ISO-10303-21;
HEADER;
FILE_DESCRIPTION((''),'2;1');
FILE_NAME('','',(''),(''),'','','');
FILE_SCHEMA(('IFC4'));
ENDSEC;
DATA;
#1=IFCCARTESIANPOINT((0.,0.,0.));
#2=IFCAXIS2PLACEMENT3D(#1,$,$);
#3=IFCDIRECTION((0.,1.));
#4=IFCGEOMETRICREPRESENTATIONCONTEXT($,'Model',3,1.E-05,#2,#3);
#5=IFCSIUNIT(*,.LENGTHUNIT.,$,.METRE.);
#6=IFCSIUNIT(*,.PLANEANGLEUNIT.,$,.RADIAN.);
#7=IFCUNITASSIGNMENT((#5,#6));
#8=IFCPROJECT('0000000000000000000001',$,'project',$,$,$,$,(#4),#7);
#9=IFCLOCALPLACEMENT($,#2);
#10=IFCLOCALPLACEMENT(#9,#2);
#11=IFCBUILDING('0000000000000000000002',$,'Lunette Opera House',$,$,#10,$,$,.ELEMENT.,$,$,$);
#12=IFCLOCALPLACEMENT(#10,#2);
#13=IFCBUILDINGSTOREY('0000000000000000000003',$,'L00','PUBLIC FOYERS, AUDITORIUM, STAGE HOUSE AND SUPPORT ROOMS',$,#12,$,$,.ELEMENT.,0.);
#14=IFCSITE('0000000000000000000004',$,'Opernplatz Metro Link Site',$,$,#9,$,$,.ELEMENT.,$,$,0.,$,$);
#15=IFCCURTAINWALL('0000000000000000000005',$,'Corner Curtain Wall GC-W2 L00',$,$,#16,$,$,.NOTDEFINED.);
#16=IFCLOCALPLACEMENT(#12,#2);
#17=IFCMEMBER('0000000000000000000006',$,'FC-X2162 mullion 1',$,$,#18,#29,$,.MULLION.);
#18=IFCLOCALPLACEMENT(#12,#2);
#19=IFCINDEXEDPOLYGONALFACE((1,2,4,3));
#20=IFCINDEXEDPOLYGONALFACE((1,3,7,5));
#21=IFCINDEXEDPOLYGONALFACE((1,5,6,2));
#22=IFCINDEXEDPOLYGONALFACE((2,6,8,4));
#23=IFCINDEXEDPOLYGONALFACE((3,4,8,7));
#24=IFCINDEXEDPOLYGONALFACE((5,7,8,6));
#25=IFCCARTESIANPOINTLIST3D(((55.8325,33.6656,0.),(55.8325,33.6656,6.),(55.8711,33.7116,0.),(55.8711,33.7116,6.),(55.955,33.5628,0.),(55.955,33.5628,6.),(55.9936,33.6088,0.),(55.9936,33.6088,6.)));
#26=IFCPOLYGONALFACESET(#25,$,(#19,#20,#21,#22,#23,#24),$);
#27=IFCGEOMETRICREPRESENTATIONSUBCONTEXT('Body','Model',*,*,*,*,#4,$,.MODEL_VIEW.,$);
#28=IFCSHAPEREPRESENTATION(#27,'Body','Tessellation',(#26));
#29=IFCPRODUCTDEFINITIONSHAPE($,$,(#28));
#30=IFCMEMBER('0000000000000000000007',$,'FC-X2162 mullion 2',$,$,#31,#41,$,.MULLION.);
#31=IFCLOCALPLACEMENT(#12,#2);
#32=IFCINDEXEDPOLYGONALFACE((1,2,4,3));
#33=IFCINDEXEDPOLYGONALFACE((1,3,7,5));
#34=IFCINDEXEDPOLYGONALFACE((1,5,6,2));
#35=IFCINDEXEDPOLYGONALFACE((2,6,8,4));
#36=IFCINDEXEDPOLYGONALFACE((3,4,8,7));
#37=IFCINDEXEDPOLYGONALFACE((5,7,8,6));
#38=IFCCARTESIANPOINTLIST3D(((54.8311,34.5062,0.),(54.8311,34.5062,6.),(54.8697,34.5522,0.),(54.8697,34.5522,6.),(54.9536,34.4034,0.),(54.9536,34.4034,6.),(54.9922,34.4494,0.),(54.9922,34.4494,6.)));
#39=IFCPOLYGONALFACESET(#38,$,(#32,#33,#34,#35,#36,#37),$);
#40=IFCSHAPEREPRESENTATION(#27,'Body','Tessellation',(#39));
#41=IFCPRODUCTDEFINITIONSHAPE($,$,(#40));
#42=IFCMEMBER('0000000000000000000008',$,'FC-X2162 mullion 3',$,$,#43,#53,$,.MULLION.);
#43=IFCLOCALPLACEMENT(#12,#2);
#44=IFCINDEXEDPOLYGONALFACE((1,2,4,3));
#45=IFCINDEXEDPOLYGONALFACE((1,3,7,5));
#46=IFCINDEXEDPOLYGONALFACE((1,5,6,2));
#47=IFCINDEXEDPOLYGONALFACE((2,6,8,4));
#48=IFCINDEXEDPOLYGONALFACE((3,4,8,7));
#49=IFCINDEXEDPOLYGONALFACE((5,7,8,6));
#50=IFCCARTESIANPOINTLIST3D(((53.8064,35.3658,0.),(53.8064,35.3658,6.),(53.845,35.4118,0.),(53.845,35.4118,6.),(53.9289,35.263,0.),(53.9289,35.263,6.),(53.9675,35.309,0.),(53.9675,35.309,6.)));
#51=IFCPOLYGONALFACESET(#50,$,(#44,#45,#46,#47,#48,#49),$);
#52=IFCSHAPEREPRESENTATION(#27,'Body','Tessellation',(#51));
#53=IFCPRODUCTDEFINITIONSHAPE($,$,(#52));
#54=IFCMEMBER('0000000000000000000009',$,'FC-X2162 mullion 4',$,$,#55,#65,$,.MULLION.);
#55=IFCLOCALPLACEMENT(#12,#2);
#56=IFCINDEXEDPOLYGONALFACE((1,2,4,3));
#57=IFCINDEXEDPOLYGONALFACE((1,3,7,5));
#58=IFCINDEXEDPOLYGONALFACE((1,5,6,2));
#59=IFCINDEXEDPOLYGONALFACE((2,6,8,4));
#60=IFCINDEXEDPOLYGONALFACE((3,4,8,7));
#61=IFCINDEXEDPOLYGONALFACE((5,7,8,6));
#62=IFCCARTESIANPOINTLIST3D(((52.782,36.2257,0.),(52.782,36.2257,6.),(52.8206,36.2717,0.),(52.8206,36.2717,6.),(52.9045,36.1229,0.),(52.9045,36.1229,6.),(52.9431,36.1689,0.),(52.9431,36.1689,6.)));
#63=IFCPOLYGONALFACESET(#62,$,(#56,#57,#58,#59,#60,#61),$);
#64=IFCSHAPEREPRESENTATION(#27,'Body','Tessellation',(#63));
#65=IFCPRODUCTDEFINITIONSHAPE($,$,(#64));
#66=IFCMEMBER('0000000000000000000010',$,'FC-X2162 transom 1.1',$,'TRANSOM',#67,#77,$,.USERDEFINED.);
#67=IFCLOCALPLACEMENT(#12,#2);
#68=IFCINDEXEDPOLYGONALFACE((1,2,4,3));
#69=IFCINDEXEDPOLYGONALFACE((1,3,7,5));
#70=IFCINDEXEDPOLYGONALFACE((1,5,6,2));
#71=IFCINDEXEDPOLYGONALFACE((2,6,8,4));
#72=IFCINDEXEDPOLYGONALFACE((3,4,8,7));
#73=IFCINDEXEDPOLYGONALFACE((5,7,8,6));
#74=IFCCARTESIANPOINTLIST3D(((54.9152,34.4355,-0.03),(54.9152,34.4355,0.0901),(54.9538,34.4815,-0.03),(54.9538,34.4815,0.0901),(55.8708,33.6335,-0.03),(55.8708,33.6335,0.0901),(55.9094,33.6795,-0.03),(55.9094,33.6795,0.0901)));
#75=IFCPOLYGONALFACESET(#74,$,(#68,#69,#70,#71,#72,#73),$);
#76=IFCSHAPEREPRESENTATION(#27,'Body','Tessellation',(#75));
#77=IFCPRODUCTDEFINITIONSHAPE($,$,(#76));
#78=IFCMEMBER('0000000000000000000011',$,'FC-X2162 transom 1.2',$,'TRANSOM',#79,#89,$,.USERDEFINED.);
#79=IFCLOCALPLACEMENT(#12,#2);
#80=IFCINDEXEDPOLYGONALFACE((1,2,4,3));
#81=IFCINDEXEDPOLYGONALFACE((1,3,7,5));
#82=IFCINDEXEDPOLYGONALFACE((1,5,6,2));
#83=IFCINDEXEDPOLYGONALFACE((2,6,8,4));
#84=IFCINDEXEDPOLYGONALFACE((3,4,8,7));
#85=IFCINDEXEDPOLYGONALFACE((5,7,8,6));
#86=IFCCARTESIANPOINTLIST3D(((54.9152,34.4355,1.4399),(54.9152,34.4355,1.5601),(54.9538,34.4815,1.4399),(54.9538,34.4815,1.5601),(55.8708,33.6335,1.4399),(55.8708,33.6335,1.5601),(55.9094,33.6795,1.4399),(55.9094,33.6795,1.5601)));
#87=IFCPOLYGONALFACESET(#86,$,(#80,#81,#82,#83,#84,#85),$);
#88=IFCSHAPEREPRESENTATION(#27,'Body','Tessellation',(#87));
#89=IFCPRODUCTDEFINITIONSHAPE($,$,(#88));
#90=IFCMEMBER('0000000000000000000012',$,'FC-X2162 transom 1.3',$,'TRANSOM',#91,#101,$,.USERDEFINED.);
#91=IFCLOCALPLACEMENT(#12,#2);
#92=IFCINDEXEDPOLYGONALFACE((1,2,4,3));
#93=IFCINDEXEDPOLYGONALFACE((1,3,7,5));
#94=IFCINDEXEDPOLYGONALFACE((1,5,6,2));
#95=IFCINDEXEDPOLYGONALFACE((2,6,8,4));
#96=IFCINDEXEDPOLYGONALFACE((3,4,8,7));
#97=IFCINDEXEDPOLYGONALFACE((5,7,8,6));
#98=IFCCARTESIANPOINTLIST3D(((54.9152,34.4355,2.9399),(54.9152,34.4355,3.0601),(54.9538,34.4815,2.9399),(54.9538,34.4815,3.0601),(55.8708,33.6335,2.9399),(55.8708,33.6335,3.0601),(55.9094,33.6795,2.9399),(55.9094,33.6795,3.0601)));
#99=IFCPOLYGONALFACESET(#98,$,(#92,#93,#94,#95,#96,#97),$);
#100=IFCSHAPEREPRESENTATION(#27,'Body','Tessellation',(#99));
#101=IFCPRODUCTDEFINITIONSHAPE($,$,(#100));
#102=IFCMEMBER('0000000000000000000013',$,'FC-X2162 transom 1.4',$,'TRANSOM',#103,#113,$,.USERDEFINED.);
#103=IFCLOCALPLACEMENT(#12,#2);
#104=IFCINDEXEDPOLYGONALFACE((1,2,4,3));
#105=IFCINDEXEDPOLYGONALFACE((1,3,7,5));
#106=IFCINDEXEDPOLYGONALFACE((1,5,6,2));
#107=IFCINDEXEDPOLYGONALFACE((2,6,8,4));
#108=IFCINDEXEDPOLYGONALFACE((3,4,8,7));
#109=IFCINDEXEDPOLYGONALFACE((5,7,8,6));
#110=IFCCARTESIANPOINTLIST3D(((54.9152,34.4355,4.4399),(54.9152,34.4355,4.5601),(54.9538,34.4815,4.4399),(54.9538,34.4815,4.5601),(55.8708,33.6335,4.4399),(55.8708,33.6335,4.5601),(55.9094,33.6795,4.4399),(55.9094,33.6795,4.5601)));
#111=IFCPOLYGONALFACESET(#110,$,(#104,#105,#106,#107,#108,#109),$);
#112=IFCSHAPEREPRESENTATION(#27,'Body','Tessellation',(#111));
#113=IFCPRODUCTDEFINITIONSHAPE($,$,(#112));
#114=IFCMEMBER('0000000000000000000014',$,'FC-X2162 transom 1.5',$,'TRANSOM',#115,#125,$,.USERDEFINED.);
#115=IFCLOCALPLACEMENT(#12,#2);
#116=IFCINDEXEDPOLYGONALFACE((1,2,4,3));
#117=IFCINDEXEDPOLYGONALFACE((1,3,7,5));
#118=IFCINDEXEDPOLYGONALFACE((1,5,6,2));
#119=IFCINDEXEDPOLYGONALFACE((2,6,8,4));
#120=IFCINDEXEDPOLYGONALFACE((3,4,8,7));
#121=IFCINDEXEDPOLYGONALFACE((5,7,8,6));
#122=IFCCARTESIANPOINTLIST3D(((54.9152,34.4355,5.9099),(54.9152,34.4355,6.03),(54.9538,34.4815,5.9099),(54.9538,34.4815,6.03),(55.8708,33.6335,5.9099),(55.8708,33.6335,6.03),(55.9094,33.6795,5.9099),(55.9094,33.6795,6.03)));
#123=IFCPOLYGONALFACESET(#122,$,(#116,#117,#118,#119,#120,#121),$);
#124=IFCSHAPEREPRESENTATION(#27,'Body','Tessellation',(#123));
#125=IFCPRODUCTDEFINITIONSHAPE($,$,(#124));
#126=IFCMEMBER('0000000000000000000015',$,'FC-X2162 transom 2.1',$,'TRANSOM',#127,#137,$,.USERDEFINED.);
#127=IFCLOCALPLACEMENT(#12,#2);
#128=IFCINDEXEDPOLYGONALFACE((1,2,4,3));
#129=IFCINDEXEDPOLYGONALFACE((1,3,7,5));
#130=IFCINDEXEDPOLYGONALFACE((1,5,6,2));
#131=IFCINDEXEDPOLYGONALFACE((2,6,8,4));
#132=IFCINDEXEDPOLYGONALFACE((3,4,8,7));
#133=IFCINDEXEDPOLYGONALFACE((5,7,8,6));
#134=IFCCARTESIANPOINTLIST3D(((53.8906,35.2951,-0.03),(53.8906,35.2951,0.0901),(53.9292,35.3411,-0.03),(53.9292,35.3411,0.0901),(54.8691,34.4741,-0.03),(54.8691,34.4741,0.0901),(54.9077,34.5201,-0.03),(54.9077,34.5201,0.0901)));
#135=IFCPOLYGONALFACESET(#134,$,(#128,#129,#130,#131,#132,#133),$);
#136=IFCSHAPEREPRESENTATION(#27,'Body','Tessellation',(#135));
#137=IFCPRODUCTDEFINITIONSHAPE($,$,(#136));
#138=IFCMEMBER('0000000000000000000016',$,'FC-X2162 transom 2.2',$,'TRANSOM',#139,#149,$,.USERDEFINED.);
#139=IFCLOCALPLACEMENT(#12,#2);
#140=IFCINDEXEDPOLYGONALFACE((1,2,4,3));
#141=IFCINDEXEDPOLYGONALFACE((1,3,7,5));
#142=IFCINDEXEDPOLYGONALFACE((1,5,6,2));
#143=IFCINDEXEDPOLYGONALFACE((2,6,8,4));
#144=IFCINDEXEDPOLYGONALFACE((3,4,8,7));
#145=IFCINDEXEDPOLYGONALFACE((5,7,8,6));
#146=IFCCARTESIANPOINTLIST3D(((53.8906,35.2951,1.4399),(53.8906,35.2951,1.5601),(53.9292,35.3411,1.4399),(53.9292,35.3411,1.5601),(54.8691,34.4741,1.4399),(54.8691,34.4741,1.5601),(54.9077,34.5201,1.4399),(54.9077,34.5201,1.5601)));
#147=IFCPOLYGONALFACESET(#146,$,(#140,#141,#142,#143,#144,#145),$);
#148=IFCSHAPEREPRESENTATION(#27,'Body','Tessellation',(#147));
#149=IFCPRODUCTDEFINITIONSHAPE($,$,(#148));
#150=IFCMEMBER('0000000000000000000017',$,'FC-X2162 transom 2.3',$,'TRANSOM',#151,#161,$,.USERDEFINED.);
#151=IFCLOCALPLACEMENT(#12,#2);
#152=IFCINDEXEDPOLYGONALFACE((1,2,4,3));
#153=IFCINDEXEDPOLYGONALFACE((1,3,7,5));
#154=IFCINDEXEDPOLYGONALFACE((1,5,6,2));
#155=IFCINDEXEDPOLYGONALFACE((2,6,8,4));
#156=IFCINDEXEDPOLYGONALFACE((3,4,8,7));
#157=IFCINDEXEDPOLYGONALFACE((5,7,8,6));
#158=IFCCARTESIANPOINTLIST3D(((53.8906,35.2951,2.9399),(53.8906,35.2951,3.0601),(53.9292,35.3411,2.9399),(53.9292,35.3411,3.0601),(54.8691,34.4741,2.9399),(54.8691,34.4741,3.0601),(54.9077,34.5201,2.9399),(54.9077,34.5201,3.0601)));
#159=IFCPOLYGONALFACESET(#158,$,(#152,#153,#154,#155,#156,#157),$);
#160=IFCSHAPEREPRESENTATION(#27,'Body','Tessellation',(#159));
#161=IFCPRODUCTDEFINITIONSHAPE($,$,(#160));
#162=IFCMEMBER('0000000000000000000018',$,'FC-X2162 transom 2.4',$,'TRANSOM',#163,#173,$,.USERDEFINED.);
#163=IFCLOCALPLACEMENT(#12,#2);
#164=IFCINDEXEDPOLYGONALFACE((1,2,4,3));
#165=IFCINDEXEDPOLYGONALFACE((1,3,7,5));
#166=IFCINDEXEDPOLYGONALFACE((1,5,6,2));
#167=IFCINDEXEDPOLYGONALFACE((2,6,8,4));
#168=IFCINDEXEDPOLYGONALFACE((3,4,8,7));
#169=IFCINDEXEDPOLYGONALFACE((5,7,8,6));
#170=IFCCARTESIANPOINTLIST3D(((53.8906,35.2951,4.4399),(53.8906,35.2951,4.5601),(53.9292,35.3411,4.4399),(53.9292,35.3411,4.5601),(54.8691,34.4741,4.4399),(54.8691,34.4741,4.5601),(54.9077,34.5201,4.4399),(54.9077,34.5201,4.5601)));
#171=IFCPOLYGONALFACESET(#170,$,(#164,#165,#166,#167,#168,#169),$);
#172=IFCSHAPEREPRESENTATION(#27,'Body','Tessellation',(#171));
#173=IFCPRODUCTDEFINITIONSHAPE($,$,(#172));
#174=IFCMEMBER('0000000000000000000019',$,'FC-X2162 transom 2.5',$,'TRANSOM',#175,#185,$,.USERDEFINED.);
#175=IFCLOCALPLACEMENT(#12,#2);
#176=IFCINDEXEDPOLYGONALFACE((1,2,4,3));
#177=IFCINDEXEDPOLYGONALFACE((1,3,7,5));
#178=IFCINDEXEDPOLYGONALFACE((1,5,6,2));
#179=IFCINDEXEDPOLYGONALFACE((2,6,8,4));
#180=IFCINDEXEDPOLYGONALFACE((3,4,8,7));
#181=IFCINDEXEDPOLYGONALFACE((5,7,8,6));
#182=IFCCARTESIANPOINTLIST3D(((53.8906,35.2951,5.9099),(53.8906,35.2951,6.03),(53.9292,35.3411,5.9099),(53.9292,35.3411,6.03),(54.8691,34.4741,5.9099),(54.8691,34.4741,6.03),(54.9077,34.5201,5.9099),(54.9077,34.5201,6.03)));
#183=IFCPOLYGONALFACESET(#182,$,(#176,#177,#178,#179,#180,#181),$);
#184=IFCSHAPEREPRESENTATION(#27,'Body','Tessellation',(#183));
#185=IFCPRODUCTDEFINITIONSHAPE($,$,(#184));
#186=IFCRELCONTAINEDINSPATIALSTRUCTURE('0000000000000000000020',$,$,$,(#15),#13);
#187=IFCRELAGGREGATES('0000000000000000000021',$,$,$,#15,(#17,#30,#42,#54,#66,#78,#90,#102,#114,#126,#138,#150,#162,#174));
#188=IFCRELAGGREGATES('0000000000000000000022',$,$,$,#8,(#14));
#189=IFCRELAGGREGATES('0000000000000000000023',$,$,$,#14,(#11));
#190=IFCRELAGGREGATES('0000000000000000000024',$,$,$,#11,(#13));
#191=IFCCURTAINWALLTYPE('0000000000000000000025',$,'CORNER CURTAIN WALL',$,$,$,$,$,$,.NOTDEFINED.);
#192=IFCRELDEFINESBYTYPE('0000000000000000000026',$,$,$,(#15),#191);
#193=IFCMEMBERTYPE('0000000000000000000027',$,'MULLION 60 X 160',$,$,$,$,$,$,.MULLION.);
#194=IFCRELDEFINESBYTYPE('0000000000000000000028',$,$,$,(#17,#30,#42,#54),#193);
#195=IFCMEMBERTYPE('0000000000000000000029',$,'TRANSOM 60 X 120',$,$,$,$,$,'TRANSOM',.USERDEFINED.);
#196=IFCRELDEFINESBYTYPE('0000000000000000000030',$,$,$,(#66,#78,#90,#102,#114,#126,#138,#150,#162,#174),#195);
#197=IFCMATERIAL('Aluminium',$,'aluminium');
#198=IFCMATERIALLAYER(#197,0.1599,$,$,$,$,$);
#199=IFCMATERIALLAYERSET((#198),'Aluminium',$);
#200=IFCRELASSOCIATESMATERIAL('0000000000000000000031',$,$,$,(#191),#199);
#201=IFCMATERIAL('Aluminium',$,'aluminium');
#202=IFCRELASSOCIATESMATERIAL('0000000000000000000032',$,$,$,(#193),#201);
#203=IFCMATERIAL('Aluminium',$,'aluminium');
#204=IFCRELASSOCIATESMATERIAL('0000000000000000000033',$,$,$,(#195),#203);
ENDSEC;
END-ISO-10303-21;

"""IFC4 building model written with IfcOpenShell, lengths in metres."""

from ifc_helpers import new_model, si_unit, direction, frame, origin, origin_2d, place, context, subcontext, project, spatial, rectangle, extrude, material, layer, layer_set, material_profile, profile_set, type_object, element, aggregate, save


model = new_model("IFC4")

# Units and contexts
model_context = context("Model", 3, precision=1e-05, world=origin(), true_north=direction((0.0, 1.0)))
body_context = subcontext(model_context, "Body", "Model", "MODEL_VIEW")
ifc_project = project(units=[si_unit("LENGTHUNIT", "METRE"), si_unit("PLANEANGLEUNIT", "RADIAN")], contexts=[model_context])

# Site, building, storey
site_placement = place(None, origin())
site = spatial("IfcSite", under=ifc_project, at=site_placement, Name="Opernplatz Metro Link Site", CompositionType="ELEMENT", RefElevation=0.0)
building_placement = place(site_placement, origin())
building = spatial("IfcBuilding", under=site, at=building_placement, Name="Lunette Opera House", CompositionType="ELEMENT")
storey_placement = place(building_placement, origin())
storey = spatial("IfcBuildingStorey", under=building, at=storey_placement, Name="L00", Description="PUBLIC FOYERS, AUDITORIUM, STAGE HOUSE AND SUPPORT ROOMS", CompositionType="ELEMENT", Elevation=0.0)

# Curtain wall, members
ifc_material_1 = material(Name="Aluminium", Category="aluminium")
ifc_layer_1 = layer(ifc_material_1, 0.1599)
ifc_layer_set_1 = layer_set([ifc_layer_1], Name="Aluminium")
curtain_wall_type = type_object("IfcCurtainWallType", Name="CORNER CURTAIN WALL", PredefinedType="NOTDEFINED", material=ifc_layer_set_1)
curtain_wall_placement = place(storey_placement, origin())
curtain_wall = element("IfcCurtainWall", 1, at=curtain_wall_placement, inside=storey, type_object=curtain_wall_type, Name="Corner Curtain Wall GC-W2 L00", PredefinedType="NOTDEFINED")
ifc_material_2 = material(Name="Aluminium", Category="aluminium")
ifc_material_profile_1 = material_profile(ifc_material_2, rectangle(XDim=0.0601, YDim=0.1599, at=origin_2d()), Name="MULLION 60 X 160")
ifc_profile_set_1 = profile_set([ifc_material_profile_1], Name="Aluminium")
member_type_1 = type_object("IfcMemberType", Name="MULLION 60 X 160", PredefinedType="MULLION", material=ifc_profile_set_1)
member_1_placement = place(storey_placement, frame((55.9131, 33.6372, 0.0), z_axis=(0.0, 0.0, 1.0), x_axis=(-0.642828, -0.76601, 0.0)))
member_1 = element("IfcMember", 2, at=member_1_placement, type_object=member_type_1, Name="FC-X2162 mullion 1", PredefinedType="MULLION", context=body_context, shape_type="SweptSolid", body=[
    extrude(rectangle(XDim=0.0601, YDim=0.1599, at=origin_2d()), origin(), (0.0, 0.0, 1.0), 6.0),
])
member_2_placement = place(storey_placement, frame((54.9116, 34.4778, 0.0), z_axis=(0.0, 0.0, 1.0), x_axis=(-0.642828, -0.76601, 0.0)))
member_2 = element("IfcMember", 3, at=member_2_placement, type_object=member_type_1, Name="FC-X2162 mullion 2", PredefinedType="MULLION", context=body_context, shape_type="SweptSolid", body=[
    extrude(rectangle(XDim=0.0601, YDim=0.1599, at=origin_2d()), origin(), (0.0, 0.0, 1.0), 6.0),
])
member_3_placement = place(storey_placement, frame((53.887, 35.3374, 0.0), z_axis=(0.0, 0.0, 1.0), x_axis=(-0.642828, -0.76601, 0.0)))
member_3 = element("IfcMember", 4, at=member_3_placement, type_object=member_type_1, Name="FC-X2162 mullion 3", PredefinedType="MULLION", context=body_context, shape_type="SweptSolid", body=[
    extrude(rectangle(XDim=0.0601, YDim=0.1599, at=origin_2d()), origin(), (0.0, 0.0, 1.0), 6.0),
])
member_4_placement = place(storey_placement, frame((52.8625, 36.1973, 0.0), z_axis=(0.0, 0.0, 1.0), x_axis=(-0.642828, -0.76601, 0.0)))
member_4 = element("IfcMember", 5, at=member_4_placement, type_object=member_type_1, Name="FC-X2162 mullion 4", PredefinedType="MULLION", context=body_context, shape_type="SweptSolid", body=[
    extrude(rectangle(XDim=0.0601, YDim=0.1599, at=origin_2d()), origin(), (0.0, 0.0, 1.0), 6.0),
])
ifc_material_3 = material(Name="Aluminium", Category="aluminium")
ifc_material_profile_2 = material_profile(ifc_material_3, rectangle(XDim=0.0601, YDim=0.1201, at=origin_2d()), Name="TRANSOM 60 X 120")
ifc_profile_set_2 = profile_set([ifc_material_profile_2], Name="Aluminium")
member_type_2 = type_object("IfcMemberType", Name="TRANSOM 60 X 120", ElementType="TRANSOM", PredefinedType="USERDEFINED", material=ifc_profile_set_2)
member_5_placement = place(storey_placement, frame((55.8901, 33.6565, 0.03), z_axis=(-0.765971, 0.642875, 0.0), x_axis=(-0.642875, -0.765971, 0.0)))
member_5 = element("IfcMember", 6, at=member_5_placement, type_object=member_type_2, Name="FC-X2162 transom 1.1", ObjectType="TRANSOM", PredefinedType="USERDEFINED", context=body_context, shape_type="SweptSolid", body=[
    extrude(rectangle(XDim=0.0601, YDim=0.1201, at=origin_2d()), origin(), (0.0, 0.0, 1.0), 1.2476),
])
member_6_placement = place(storey_placement, frame((55.8901, 33.6565, 1.5), z_axis=(-0.765971, 0.642875, 0.0), x_axis=(-0.642875, -0.765971, 0.0)))
member_6 = element("IfcMember", 7, at=member_6_placement, type_object=member_type_2, Name="FC-X2162 transom 1.2", ObjectType="TRANSOM", PredefinedType="USERDEFINED", context=body_context, shape_type="SweptSolid", body=[
    extrude(rectangle(XDim=0.0601, YDim=0.1201, at=origin_2d()), origin(), (0.0, 0.0, 1.0), 1.2476),
])
member_7_placement = place(storey_placement, frame((55.8901, 33.6565, 3.0), z_axis=(-0.765971, 0.642875, 0.0), x_axis=(-0.642875, -0.765971, 0.0)))
member_7 = element("IfcMember", 8, at=member_7_placement, type_object=member_type_2, Name="FC-X2162 transom 1.3", ObjectType="TRANSOM", PredefinedType="USERDEFINED", context=body_context, shape_type="SweptSolid", body=[
    extrude(rectangle(XDim=0.0601, YDim=0.1201, at=origin_2d()), origin(), (0.0, 0.0, 1.0), 1.2476),
])
member_8_placement = place(storey_placement, frame((55.8901, 33.6565, 4.5), z_axis=(-0.765971, 0.642875, 0.0), x_axis=(-0.642875, -0.765971, 0.0)))
member_8 = element("IfcMember", 9, at=member_8_placement, type_object=member_type_2, Name="FC-X2162 transom 1.4", ObjectType="TRANSOM", PredefinedType="USERDEFINED", context=body_context, shape_type="SweptSolid", body=[
    extrude(rectangle(XDim=0.0601, YDim=0.1201, at=origin_2d()), origin(), (0.0, 0.0, 1.0), 1.2476),
])
member_9_placement = place(storey_placement, frame((55.8901, 33.6565, 5.97), z_axis=(-0.765971, 0.642875, 0.0), x_axis=(-0.642875, -0.765971, 0.0)))
member_9 = element("IfcMember", 10, at=member_9_placement, type_object=member_type_2, Name="FC-X2162 transom 1.5", ObjectType="TRANSOM", PredefinedType="USERDEFINED", context=body_context, shape_type="SweptSolid", body=[
    extrude(rectangle(XDim=0.0601, YDim=0.1201, at=origin_2d()), origin(), (0.0, 0.0, 1.0), 1.2476),
])
member_10_placement = place(storey_placement, frame((54.8884, 34.4971, 0.03), z_axis=(-0.766055, 0.642775, 0.0), x_axis=(-0.642775, -0.766055, 0.0)))
member_10 = element("IfcMember", 11, at=member_10_placement, type_object=member_type_2, Name="FC-X2162 transom 2.1", ObjectType="TRANSOM", PredefinedType="USERDEFINED", context=body_context, shape_type="SweptSolid", body=[
    extrude(rectangle(XDim=0.0601, YDim=0.1201, at=origin_2d()), origin(), (0.0, 0.0, 1.0), 1.2773),
])
member_11_placement = place(storey_placement, frame((54.8884, 34.4971, 1.5), z_axis=(-0.766055, 0.642775, 0.0), x_axis=(-0.642775, -0.766055, 0.0)))
member_11 = element("IfcMember", 12, at=member_11_placement, type_object=member_type_2, Name="FC-X2162 transom 2.2", ObjectType="TRANSOM", PredefinedType="USERDEFINED", context=body_context, shape_type="SweptSolid", body=[
    extrude(rectangle(XDim=0.0601, YDim=0.1201, at=origin_2d()), origin(), (0.0, 0.0, 1.0), 1.2773),
])
member_12_placement = place(storey_placement, frame((54.8884, 34.4971, 3.0), z_axis=(-0.766055, 0.642775, 0.0), x_axis=(-0.642775, -0.766055, 0.0)))
member_12 = element("IfcMember", 13, at=member_12_placement, type_object=member_type_2, Name="FC-X2162 transom 2.3", ObjectType="TRANSOM", PredefinedType="USERDEFINED", context=body_context, shape_type="SweptSolid", body=[
    extrude(rectangle(XDim=0.0601, YDim=0.1201, at=origin_2d()), origin(), (0.0, 0.0, 1.0), 1.2773),
])
member_13_placement = place(storey_placement, frame((54.8884, 34.4971, 4.5), z_axis=(-0.766055, 0.642775, 0.0), x_axis=(-0.642775, -0.766055, 0.0)))
member_13 = element("IfcMember", 14, at=member_13_placement, type_object=member_type_2, Name="FC-X2162 transom 2.4", ObjectType="TRANSOM", PredefinedType="USERDEFINED", context=body_context, shape_type="SweptSolid", body=[
    extrude(rectangle(XDim=0.0601, YDim=0.1201, at=origin_2d()), origin(), (0.0, 0.0, 1.0), 1.2773),
])
member_14_placement = place(storey_placement, frame((54.8884, 34.4971, 5.97), z_axis=(-0.766055, 0.642775, 0.0), x_axis=(-0.642775, -0.766055, 0.0)))
member_14 = element("IfcMember", 15, at=member_14_placement, type_object=member_type_2, Name="FC-X2162 transom 2.5", ObjectType="TRANSOM", PredefinedType="USERDEFINED", context=body_context, shape_type="SweptSolid", body=[
    extrude(rectangle(XDim=0.0601, YDim=0.1201, at=origin_2d()), origin(), (0.0, 0.0, 1.0), 1.2773),
])
aggregate(curtain_wall, [member_1, member_2, member_3, member_4, member_5, member_6, member_7, member_8, member_9, member_10, member_11, member_12, member_13, member_14])

save(model, "model.ifc")
